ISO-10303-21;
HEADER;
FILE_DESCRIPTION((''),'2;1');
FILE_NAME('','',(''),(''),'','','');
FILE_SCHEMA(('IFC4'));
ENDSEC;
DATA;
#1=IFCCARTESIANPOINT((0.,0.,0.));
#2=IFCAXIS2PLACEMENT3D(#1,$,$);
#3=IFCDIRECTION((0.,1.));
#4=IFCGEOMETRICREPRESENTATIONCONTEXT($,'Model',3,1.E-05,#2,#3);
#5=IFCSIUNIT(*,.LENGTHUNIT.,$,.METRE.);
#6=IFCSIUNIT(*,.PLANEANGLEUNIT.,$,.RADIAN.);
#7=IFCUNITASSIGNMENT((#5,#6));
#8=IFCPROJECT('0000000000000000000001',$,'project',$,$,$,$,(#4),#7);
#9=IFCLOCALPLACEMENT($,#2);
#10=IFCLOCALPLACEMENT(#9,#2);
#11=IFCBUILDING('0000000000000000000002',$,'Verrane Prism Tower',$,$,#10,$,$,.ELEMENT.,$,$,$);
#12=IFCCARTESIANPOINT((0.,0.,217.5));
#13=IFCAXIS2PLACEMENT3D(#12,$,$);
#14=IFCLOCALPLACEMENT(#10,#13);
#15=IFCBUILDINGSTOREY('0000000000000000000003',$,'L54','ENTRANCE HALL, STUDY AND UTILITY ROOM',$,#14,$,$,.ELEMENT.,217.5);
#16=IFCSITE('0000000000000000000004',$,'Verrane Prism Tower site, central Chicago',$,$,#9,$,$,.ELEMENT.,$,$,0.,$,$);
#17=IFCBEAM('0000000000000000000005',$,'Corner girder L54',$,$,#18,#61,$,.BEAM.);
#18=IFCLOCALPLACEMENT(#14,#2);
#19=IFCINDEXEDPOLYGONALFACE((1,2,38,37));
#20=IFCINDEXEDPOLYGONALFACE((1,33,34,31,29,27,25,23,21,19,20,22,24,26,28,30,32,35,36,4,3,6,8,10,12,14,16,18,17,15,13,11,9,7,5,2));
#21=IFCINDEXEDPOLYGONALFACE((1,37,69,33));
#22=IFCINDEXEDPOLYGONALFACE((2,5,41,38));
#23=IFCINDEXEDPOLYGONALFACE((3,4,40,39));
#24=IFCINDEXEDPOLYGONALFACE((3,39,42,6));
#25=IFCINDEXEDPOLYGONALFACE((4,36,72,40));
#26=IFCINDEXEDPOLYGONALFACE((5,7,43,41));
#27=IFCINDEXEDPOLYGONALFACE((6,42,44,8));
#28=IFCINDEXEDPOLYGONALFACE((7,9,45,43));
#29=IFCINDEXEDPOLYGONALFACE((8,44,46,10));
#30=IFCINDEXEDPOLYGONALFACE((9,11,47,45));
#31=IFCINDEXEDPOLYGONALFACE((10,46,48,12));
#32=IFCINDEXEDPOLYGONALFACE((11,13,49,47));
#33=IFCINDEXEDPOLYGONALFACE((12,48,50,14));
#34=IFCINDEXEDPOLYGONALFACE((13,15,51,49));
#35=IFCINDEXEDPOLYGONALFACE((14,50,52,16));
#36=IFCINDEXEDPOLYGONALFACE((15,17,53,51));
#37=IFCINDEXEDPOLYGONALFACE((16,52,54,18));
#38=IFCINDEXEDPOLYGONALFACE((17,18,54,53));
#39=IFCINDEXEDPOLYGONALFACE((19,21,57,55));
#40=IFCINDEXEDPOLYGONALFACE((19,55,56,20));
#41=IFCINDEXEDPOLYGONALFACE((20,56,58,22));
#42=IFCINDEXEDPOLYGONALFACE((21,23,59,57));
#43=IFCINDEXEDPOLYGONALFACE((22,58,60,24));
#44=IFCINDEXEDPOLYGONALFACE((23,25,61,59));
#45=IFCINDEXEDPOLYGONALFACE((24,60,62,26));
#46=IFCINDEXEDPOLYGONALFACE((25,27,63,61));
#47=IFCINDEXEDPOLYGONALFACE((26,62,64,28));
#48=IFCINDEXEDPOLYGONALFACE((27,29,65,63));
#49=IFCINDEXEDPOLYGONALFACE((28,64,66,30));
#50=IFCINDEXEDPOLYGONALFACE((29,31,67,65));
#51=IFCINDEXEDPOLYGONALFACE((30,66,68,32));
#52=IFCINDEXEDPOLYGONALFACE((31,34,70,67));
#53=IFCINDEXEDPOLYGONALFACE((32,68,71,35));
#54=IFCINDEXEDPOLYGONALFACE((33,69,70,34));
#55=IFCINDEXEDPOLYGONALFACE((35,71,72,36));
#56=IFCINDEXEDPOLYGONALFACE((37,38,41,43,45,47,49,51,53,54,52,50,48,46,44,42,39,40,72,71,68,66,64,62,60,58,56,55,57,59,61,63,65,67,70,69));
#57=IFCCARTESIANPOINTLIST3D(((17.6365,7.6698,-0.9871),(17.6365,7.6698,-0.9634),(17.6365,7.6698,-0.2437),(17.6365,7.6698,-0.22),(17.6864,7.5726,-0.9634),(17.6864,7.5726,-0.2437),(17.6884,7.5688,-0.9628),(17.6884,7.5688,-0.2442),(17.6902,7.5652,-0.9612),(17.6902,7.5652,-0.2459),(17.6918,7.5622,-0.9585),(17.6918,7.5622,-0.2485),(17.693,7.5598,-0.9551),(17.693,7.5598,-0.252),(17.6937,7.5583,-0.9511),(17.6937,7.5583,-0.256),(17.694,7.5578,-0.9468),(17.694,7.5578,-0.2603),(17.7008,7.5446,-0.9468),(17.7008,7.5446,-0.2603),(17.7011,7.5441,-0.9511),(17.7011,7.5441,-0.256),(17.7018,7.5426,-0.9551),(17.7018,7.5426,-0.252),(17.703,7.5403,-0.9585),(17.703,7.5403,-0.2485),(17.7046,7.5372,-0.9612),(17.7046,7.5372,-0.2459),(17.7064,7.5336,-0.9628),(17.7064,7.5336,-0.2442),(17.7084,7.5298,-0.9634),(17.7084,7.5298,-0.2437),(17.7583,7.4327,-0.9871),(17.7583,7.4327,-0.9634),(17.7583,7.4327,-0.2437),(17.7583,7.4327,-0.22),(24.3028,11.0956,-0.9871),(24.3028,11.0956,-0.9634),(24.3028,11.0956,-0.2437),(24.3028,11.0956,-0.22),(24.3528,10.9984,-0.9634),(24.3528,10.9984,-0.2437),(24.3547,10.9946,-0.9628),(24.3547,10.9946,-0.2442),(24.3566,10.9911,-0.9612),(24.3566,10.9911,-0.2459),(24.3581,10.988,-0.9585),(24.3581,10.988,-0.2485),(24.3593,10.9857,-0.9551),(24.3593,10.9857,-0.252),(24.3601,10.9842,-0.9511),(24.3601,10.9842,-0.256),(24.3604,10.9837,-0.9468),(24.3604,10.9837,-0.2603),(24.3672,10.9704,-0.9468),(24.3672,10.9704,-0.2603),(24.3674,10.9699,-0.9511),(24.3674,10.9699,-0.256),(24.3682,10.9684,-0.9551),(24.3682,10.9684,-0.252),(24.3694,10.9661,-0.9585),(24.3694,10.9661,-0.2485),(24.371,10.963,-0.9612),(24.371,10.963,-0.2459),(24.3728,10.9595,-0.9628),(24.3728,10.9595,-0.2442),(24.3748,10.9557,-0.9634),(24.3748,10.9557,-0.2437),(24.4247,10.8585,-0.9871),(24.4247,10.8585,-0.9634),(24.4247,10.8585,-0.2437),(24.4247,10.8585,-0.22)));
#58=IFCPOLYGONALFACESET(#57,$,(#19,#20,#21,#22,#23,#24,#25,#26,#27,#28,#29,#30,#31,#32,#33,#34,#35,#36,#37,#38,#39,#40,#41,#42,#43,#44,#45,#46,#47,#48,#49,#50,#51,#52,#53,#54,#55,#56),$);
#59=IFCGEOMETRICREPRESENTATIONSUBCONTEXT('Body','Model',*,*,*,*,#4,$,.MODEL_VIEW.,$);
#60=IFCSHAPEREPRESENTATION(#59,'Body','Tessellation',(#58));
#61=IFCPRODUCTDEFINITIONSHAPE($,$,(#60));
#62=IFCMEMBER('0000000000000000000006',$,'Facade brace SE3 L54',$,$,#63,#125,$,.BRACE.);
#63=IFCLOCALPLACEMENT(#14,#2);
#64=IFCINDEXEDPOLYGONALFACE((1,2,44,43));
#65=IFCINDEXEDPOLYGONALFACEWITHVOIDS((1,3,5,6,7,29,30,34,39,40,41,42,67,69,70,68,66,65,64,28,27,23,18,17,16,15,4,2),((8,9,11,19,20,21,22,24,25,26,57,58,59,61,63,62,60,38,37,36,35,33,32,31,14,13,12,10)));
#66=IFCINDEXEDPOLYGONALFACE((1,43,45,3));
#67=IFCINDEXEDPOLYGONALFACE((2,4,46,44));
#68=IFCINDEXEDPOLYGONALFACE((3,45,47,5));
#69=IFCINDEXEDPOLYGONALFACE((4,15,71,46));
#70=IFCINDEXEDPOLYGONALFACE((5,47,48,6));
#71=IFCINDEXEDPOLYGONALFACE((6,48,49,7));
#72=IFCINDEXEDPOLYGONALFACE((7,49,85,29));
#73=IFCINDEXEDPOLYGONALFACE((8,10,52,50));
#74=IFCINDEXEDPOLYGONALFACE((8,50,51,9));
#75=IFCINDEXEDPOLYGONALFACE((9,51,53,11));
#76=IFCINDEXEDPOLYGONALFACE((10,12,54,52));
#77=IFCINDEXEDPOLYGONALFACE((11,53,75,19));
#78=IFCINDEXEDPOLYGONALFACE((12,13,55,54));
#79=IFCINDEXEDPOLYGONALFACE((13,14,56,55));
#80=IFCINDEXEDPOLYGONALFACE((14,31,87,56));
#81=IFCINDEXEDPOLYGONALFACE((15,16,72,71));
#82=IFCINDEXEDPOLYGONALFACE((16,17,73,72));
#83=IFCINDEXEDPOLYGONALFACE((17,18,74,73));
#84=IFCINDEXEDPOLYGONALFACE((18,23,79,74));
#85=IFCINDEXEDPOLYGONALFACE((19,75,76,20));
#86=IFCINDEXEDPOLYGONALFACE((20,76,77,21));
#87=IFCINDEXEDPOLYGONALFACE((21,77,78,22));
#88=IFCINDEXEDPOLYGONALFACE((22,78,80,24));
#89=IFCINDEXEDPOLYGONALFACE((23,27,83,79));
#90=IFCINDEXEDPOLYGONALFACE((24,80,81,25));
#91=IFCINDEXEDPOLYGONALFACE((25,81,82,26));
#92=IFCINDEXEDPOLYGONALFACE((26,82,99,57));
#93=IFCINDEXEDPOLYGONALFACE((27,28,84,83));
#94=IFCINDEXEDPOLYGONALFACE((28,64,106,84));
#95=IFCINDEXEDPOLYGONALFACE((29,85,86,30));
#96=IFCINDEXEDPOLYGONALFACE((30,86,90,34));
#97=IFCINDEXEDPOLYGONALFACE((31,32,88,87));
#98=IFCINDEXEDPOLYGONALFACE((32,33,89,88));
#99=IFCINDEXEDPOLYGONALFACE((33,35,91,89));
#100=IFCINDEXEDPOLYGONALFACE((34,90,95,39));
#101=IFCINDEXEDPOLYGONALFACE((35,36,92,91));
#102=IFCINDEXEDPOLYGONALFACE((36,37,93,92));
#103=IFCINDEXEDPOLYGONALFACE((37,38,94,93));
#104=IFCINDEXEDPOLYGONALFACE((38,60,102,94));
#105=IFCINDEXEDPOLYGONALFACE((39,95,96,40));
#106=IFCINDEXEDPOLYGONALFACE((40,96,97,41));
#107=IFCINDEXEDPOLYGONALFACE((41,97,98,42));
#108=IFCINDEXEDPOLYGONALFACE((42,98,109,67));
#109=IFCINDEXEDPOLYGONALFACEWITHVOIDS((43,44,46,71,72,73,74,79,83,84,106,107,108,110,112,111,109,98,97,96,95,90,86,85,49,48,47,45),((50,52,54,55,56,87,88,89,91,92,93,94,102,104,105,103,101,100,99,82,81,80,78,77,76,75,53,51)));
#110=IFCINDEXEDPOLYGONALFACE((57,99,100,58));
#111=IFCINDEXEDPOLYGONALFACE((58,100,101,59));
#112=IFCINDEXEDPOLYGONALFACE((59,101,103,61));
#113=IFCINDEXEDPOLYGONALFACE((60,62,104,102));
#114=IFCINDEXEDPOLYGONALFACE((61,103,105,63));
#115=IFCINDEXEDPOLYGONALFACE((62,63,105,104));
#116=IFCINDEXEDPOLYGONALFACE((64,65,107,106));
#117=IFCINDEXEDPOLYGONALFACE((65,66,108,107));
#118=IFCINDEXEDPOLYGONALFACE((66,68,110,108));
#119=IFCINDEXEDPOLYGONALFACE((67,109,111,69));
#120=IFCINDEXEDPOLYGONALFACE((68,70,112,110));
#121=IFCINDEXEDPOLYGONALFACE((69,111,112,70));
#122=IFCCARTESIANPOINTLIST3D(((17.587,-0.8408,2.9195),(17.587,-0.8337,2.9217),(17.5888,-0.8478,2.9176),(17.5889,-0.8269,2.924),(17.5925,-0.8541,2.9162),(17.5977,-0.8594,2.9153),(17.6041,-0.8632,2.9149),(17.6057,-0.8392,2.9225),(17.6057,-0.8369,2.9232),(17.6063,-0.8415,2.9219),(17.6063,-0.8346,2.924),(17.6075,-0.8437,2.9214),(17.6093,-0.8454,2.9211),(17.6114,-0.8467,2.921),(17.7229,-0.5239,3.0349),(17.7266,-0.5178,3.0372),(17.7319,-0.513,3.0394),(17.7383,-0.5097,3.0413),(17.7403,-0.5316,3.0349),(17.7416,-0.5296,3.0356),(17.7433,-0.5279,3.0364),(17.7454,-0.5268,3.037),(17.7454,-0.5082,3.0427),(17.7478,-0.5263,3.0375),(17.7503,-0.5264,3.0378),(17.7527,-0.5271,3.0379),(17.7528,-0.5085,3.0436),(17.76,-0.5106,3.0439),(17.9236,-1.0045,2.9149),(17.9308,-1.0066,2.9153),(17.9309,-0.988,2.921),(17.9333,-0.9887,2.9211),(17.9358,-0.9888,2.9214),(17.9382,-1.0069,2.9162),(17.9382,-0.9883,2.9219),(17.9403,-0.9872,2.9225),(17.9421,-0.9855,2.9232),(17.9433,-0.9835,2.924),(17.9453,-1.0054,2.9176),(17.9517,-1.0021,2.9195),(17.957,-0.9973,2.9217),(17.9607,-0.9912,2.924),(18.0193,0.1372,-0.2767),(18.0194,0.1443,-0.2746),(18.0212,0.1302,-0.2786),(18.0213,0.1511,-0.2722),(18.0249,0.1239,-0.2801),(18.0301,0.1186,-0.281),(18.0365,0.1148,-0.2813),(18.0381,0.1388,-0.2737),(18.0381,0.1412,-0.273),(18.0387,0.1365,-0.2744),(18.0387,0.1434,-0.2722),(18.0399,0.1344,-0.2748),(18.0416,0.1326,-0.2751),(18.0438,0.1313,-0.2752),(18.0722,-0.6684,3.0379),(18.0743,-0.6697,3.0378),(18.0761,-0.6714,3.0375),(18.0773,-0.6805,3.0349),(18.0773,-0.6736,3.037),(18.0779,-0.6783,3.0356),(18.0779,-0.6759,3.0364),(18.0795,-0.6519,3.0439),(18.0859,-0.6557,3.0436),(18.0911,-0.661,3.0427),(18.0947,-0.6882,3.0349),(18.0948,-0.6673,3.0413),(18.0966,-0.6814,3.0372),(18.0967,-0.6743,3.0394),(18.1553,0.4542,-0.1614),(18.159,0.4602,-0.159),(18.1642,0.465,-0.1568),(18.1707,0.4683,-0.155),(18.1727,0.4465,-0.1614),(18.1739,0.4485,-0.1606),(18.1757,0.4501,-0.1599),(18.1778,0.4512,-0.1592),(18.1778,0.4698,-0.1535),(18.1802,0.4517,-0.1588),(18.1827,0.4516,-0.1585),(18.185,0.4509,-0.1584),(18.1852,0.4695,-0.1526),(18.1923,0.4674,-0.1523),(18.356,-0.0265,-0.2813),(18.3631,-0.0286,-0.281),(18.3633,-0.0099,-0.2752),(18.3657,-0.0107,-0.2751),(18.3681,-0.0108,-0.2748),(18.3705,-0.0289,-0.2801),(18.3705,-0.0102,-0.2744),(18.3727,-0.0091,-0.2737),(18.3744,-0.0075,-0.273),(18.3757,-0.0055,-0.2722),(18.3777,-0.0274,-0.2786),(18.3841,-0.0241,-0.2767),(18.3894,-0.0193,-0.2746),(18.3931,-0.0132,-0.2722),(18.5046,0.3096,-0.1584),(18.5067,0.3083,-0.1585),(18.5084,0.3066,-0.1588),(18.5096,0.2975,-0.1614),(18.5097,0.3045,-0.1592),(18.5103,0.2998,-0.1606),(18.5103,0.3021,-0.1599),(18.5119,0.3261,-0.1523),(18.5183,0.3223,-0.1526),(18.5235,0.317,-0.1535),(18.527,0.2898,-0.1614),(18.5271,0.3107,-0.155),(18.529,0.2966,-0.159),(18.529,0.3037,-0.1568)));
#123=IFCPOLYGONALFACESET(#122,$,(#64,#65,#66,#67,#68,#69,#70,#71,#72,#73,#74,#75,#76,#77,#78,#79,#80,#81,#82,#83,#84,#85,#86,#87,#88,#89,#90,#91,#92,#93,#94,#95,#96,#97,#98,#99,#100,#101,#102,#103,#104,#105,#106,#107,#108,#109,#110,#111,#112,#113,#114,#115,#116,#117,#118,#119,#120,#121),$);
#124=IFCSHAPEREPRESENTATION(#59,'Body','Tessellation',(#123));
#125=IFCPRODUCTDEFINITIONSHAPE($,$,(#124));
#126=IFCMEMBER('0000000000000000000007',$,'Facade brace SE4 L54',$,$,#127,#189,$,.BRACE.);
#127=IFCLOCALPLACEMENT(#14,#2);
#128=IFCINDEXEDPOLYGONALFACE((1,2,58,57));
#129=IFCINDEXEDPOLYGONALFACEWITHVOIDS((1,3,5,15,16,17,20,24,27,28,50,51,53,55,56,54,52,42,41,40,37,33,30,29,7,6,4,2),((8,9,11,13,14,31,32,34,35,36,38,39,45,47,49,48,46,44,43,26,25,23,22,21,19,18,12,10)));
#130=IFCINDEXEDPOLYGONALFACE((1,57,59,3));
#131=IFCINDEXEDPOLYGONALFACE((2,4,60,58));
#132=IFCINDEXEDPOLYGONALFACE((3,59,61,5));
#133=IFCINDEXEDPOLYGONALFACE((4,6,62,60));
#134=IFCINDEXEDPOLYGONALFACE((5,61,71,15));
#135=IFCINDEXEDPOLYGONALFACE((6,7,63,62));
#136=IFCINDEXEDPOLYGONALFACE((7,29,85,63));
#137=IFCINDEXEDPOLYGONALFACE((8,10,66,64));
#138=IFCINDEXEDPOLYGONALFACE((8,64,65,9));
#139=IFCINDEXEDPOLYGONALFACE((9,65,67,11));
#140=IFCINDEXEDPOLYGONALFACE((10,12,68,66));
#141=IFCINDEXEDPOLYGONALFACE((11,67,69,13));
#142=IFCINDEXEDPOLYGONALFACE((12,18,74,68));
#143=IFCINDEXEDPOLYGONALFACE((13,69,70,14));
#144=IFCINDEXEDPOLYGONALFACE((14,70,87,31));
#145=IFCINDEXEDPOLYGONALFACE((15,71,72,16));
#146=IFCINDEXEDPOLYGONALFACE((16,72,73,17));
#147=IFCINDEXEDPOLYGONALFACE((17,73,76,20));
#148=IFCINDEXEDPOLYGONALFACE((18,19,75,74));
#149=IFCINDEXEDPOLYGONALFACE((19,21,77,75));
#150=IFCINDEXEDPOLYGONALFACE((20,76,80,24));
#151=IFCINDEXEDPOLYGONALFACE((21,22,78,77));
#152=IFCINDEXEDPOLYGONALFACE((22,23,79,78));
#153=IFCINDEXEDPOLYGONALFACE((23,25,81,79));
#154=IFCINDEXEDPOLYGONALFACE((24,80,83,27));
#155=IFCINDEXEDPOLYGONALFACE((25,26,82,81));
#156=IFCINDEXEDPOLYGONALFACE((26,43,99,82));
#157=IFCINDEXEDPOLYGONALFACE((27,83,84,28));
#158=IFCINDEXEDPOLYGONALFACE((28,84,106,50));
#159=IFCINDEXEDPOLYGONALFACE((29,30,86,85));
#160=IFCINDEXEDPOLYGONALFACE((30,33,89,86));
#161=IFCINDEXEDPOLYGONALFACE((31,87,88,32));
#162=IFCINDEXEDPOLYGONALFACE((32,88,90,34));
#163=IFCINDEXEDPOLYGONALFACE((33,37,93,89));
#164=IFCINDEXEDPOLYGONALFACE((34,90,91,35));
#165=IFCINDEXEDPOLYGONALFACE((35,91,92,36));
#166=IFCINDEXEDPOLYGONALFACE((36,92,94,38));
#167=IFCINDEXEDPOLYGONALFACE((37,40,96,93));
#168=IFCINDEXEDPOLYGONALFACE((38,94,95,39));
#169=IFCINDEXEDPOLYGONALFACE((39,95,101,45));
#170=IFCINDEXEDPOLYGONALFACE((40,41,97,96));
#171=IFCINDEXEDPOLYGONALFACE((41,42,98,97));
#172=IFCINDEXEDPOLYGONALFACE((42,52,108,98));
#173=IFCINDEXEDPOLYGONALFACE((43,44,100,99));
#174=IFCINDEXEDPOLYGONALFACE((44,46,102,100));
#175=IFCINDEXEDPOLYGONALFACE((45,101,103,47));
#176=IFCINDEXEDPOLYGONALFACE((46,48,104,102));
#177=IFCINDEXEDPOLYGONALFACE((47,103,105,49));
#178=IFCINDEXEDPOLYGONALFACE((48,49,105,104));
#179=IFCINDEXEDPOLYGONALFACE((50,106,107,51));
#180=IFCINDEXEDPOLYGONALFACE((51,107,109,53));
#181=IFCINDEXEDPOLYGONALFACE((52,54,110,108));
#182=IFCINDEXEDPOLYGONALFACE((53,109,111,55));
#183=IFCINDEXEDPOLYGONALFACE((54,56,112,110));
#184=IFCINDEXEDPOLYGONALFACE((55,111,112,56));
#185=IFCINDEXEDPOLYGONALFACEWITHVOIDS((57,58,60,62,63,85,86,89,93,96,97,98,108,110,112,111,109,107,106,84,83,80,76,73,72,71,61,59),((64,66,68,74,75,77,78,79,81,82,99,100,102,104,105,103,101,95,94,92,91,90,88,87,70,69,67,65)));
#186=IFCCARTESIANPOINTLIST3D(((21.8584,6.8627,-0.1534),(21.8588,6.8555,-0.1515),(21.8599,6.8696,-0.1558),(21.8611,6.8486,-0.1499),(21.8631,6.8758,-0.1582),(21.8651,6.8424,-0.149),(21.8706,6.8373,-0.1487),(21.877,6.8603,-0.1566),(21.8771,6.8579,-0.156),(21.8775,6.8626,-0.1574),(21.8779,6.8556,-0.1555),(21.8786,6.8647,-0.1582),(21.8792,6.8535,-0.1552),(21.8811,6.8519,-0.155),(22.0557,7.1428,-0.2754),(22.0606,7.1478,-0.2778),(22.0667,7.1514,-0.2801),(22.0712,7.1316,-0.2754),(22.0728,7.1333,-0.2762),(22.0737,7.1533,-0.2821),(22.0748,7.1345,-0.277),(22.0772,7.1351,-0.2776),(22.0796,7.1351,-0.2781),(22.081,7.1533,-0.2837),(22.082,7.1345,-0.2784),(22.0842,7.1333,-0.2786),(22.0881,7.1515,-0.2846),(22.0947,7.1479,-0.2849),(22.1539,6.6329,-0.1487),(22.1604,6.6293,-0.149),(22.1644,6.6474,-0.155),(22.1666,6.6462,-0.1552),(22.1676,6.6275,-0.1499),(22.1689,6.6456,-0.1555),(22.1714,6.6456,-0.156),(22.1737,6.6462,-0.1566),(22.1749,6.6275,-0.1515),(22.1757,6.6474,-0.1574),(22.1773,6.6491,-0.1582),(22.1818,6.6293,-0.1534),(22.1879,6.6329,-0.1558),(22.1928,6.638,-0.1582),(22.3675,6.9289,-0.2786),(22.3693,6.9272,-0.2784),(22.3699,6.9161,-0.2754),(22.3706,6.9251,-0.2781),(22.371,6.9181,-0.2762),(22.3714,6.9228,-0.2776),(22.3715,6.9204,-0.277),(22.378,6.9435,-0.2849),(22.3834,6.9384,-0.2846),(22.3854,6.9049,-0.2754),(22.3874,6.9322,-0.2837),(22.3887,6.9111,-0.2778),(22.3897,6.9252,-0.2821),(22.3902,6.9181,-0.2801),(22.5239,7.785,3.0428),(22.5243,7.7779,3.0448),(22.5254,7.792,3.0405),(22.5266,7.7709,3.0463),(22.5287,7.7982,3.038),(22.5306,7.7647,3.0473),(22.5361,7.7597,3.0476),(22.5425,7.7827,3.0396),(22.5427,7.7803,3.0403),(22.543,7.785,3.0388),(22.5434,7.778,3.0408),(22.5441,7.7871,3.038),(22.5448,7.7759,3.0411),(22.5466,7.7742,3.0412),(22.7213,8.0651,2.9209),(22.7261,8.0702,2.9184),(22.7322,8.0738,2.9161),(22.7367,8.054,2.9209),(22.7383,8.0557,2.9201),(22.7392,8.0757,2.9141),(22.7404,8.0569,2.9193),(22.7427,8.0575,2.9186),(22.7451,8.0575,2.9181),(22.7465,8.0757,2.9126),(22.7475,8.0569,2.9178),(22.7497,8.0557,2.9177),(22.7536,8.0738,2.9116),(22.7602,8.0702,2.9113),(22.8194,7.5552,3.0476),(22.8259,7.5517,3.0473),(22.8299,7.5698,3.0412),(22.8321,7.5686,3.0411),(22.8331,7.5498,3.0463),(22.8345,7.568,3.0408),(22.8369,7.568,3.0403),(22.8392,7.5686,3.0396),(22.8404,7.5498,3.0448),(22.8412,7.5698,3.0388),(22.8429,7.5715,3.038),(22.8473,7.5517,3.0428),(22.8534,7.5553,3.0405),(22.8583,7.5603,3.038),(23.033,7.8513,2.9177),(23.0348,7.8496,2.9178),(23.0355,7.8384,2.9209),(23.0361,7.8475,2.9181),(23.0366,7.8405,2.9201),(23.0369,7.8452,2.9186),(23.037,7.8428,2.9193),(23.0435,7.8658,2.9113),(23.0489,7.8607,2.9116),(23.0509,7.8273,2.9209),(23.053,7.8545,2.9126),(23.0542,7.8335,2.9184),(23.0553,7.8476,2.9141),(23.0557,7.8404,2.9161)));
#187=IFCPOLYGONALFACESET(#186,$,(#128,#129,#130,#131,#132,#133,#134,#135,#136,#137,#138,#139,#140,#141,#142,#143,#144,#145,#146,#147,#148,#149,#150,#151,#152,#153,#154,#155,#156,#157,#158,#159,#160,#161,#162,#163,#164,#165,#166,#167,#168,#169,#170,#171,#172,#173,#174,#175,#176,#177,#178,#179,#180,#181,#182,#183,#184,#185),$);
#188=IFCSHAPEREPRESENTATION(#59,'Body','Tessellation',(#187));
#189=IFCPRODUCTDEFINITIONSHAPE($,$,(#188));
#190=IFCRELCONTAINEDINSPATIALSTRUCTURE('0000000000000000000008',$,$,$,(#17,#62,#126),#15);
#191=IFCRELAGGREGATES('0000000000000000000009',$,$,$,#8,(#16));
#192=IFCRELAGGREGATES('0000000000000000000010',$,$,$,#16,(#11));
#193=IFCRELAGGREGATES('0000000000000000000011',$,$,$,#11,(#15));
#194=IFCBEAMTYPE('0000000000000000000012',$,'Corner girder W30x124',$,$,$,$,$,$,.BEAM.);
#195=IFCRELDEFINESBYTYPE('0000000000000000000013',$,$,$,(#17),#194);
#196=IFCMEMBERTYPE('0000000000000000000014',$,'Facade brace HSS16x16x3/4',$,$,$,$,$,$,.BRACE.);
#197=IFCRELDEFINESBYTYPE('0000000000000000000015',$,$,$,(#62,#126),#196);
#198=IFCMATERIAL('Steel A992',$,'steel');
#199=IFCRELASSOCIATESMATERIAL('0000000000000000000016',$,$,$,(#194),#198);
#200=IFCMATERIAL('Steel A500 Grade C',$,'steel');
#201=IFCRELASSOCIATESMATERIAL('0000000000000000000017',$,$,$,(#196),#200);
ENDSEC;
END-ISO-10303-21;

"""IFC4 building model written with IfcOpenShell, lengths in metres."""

from ifc_helpers import new_model, si_unit, direction, frame, origin, origin_2d, place, context, subcontext, project, spatial, hollow_rectangle, i_section, extrude, material, material_profile, profile_set, type_object, element, save


model = new_model("IFC4")

# Units and contexts
model_context = context("Model", 3, precision=1e-05, world=origin(), true_north=direction((0.0, 1.0)))
body_context = subcontext(model_context, "Body", "Model", "MODEL_VIEW")
ifc_project = project(units=[si_unit("LENGTHUNIT", "METRE"), si_unit("PLANEANGLEUNIT", "RADIAN")], contexts=[model_context])

# Site, building, storey
site_placement = place(None, origin())
site = spatial("IfcSite", under=ifc_project, at=site_placement, Name="Verrane Prism Tower site, central Chicago", CompositionType="ELEMENT", RefElevation=0.0)
building_placement = place(site_placement, origin())
building = spatial("IfcBuilding", under=site, at=building_placement, Name="Verrane Prism Tower", CompositionType="ELEMENT")
storey_placement = place(building_placement, frame((0.0, 0.0, 217.5)))
storey = spatial("IfcBuildingStorey", under=building, at=storey_placement, Name="L54", Description="ENTRANCE HALL, STUDY AND UTILITY ROOM", CompositionType="ELEMENT", Elevation=217.5)

# Beam
ifc_material_1 = material(Name="Steel A992", Category="steel")
ifc_material_profile_1 = material_profile(ifc_material_1, i_section(OverallWidth=0.2666, OverallDepth=0.7671, WebThickness=0.0149, FlangeThickness=0.0237, FilletRadius=0.0166, at=origin_2d()), Name="W30x124")
ifc_profile_set_1 = profile_set([ifc_material_profile_1], Name="Steel A992")
beam_type_1 = type_object("IfcBeamType", Name="Corner girder W30x124", PredefinedType="BEAM", material=ifc_profile_set_1)
beam_1_placement = place(storey_placement, frame((24.3638, 10.9771, -0.6035), z_axis=(-0.889428, -0.457076, 0.0), x_axis=(0.457076, -0.889428, 0.0)))
element("IfcBeam", 1, at=beam_1_placement, inside=storey, type_object=beam_type_1, Name="Corner girder L54", PredefinedType="BEAM", context=body_context, shape_type="SweptSolid", body=[
    extrude(i_section(OverallWidth=0.2666, OverallDepth=0.7671, WebThickness=0.0149, FlangeThickness=0.0237, FilletRadius=0.0166, at=origin_2d()), origin(), (0.0, 0.0, 1.0), 7.4951),
])

# Members
ifc_material_2 = material(Name="Steel A500 Grade C", Category="steel")
ifc_material_profile_2 = material_profile(ifc_material_2, hollow_rectangle(XDim=0.4065, YDim=0.4065, WallThickness=0.019, InnerFilletRadius=0.0095, OuterFilletRadius=0.0286, at=origin_2d()), Name="HSS16x16x3/4")
ifc_profile_set_2 = profile_set([ifc_material_profile_2], Name="Steel A500 Grade C")
member_type_1 = type_object("IfcMemberType", Name="Facade brace HSS16x16x3/4", PredefinedType="BRACE", material=ifc_profile_set_2)
member_1_placement = place(storey_placement, frame((18.2742, 0.2205, -0.2168), z_axis=(-0.128285, -0.290179, 0.948335), x_axis=(0.91461, -0.404337, 0.0)))
element("IfcMember", 2, at=member_1_placement, inside=storey, type_object=member_type_1, Name="Facade brace SE3 L54", PredefinedType="BRACE", context=body_context, shape_type="SweptSolid", body=[
    extrude(hollow_rectangle(XDim=0.4065, YDim=0.4065, WallThickness=0.019, InnerFilletRadius=0.0095, OuterFilletRadius=0.0286, at=origin_2d()), origin(), (0.0, 0.0, 1.0), 3.3704),
])
member_2_placement = place(storey_placement, frame((22.1243, 6.8904, -0.2168), z_axis=(0.196169, 0.271873, 0.942127), x_axis=(-0.81094, 0.58513, 0.0)))
element("IfcMember", 3, at=member_2_placement, inside=storey, type_object=member_type_1, Name="Facade brace SE4 L54", PredefinedType="BRACE", context=body_context, shape_type="SweptSolid", body=[
    extrude(hollow_rectangle(XDim=0.4065, YDim=0.4065, WallThickness=0.019, InnerFilletRadius=0.0095, OuterFilletRadius=0.0286, at=origin_2d()), origin(), (0.0, 0.0, 1.0), 3.3926),
])

save(model, "model.ifc")
